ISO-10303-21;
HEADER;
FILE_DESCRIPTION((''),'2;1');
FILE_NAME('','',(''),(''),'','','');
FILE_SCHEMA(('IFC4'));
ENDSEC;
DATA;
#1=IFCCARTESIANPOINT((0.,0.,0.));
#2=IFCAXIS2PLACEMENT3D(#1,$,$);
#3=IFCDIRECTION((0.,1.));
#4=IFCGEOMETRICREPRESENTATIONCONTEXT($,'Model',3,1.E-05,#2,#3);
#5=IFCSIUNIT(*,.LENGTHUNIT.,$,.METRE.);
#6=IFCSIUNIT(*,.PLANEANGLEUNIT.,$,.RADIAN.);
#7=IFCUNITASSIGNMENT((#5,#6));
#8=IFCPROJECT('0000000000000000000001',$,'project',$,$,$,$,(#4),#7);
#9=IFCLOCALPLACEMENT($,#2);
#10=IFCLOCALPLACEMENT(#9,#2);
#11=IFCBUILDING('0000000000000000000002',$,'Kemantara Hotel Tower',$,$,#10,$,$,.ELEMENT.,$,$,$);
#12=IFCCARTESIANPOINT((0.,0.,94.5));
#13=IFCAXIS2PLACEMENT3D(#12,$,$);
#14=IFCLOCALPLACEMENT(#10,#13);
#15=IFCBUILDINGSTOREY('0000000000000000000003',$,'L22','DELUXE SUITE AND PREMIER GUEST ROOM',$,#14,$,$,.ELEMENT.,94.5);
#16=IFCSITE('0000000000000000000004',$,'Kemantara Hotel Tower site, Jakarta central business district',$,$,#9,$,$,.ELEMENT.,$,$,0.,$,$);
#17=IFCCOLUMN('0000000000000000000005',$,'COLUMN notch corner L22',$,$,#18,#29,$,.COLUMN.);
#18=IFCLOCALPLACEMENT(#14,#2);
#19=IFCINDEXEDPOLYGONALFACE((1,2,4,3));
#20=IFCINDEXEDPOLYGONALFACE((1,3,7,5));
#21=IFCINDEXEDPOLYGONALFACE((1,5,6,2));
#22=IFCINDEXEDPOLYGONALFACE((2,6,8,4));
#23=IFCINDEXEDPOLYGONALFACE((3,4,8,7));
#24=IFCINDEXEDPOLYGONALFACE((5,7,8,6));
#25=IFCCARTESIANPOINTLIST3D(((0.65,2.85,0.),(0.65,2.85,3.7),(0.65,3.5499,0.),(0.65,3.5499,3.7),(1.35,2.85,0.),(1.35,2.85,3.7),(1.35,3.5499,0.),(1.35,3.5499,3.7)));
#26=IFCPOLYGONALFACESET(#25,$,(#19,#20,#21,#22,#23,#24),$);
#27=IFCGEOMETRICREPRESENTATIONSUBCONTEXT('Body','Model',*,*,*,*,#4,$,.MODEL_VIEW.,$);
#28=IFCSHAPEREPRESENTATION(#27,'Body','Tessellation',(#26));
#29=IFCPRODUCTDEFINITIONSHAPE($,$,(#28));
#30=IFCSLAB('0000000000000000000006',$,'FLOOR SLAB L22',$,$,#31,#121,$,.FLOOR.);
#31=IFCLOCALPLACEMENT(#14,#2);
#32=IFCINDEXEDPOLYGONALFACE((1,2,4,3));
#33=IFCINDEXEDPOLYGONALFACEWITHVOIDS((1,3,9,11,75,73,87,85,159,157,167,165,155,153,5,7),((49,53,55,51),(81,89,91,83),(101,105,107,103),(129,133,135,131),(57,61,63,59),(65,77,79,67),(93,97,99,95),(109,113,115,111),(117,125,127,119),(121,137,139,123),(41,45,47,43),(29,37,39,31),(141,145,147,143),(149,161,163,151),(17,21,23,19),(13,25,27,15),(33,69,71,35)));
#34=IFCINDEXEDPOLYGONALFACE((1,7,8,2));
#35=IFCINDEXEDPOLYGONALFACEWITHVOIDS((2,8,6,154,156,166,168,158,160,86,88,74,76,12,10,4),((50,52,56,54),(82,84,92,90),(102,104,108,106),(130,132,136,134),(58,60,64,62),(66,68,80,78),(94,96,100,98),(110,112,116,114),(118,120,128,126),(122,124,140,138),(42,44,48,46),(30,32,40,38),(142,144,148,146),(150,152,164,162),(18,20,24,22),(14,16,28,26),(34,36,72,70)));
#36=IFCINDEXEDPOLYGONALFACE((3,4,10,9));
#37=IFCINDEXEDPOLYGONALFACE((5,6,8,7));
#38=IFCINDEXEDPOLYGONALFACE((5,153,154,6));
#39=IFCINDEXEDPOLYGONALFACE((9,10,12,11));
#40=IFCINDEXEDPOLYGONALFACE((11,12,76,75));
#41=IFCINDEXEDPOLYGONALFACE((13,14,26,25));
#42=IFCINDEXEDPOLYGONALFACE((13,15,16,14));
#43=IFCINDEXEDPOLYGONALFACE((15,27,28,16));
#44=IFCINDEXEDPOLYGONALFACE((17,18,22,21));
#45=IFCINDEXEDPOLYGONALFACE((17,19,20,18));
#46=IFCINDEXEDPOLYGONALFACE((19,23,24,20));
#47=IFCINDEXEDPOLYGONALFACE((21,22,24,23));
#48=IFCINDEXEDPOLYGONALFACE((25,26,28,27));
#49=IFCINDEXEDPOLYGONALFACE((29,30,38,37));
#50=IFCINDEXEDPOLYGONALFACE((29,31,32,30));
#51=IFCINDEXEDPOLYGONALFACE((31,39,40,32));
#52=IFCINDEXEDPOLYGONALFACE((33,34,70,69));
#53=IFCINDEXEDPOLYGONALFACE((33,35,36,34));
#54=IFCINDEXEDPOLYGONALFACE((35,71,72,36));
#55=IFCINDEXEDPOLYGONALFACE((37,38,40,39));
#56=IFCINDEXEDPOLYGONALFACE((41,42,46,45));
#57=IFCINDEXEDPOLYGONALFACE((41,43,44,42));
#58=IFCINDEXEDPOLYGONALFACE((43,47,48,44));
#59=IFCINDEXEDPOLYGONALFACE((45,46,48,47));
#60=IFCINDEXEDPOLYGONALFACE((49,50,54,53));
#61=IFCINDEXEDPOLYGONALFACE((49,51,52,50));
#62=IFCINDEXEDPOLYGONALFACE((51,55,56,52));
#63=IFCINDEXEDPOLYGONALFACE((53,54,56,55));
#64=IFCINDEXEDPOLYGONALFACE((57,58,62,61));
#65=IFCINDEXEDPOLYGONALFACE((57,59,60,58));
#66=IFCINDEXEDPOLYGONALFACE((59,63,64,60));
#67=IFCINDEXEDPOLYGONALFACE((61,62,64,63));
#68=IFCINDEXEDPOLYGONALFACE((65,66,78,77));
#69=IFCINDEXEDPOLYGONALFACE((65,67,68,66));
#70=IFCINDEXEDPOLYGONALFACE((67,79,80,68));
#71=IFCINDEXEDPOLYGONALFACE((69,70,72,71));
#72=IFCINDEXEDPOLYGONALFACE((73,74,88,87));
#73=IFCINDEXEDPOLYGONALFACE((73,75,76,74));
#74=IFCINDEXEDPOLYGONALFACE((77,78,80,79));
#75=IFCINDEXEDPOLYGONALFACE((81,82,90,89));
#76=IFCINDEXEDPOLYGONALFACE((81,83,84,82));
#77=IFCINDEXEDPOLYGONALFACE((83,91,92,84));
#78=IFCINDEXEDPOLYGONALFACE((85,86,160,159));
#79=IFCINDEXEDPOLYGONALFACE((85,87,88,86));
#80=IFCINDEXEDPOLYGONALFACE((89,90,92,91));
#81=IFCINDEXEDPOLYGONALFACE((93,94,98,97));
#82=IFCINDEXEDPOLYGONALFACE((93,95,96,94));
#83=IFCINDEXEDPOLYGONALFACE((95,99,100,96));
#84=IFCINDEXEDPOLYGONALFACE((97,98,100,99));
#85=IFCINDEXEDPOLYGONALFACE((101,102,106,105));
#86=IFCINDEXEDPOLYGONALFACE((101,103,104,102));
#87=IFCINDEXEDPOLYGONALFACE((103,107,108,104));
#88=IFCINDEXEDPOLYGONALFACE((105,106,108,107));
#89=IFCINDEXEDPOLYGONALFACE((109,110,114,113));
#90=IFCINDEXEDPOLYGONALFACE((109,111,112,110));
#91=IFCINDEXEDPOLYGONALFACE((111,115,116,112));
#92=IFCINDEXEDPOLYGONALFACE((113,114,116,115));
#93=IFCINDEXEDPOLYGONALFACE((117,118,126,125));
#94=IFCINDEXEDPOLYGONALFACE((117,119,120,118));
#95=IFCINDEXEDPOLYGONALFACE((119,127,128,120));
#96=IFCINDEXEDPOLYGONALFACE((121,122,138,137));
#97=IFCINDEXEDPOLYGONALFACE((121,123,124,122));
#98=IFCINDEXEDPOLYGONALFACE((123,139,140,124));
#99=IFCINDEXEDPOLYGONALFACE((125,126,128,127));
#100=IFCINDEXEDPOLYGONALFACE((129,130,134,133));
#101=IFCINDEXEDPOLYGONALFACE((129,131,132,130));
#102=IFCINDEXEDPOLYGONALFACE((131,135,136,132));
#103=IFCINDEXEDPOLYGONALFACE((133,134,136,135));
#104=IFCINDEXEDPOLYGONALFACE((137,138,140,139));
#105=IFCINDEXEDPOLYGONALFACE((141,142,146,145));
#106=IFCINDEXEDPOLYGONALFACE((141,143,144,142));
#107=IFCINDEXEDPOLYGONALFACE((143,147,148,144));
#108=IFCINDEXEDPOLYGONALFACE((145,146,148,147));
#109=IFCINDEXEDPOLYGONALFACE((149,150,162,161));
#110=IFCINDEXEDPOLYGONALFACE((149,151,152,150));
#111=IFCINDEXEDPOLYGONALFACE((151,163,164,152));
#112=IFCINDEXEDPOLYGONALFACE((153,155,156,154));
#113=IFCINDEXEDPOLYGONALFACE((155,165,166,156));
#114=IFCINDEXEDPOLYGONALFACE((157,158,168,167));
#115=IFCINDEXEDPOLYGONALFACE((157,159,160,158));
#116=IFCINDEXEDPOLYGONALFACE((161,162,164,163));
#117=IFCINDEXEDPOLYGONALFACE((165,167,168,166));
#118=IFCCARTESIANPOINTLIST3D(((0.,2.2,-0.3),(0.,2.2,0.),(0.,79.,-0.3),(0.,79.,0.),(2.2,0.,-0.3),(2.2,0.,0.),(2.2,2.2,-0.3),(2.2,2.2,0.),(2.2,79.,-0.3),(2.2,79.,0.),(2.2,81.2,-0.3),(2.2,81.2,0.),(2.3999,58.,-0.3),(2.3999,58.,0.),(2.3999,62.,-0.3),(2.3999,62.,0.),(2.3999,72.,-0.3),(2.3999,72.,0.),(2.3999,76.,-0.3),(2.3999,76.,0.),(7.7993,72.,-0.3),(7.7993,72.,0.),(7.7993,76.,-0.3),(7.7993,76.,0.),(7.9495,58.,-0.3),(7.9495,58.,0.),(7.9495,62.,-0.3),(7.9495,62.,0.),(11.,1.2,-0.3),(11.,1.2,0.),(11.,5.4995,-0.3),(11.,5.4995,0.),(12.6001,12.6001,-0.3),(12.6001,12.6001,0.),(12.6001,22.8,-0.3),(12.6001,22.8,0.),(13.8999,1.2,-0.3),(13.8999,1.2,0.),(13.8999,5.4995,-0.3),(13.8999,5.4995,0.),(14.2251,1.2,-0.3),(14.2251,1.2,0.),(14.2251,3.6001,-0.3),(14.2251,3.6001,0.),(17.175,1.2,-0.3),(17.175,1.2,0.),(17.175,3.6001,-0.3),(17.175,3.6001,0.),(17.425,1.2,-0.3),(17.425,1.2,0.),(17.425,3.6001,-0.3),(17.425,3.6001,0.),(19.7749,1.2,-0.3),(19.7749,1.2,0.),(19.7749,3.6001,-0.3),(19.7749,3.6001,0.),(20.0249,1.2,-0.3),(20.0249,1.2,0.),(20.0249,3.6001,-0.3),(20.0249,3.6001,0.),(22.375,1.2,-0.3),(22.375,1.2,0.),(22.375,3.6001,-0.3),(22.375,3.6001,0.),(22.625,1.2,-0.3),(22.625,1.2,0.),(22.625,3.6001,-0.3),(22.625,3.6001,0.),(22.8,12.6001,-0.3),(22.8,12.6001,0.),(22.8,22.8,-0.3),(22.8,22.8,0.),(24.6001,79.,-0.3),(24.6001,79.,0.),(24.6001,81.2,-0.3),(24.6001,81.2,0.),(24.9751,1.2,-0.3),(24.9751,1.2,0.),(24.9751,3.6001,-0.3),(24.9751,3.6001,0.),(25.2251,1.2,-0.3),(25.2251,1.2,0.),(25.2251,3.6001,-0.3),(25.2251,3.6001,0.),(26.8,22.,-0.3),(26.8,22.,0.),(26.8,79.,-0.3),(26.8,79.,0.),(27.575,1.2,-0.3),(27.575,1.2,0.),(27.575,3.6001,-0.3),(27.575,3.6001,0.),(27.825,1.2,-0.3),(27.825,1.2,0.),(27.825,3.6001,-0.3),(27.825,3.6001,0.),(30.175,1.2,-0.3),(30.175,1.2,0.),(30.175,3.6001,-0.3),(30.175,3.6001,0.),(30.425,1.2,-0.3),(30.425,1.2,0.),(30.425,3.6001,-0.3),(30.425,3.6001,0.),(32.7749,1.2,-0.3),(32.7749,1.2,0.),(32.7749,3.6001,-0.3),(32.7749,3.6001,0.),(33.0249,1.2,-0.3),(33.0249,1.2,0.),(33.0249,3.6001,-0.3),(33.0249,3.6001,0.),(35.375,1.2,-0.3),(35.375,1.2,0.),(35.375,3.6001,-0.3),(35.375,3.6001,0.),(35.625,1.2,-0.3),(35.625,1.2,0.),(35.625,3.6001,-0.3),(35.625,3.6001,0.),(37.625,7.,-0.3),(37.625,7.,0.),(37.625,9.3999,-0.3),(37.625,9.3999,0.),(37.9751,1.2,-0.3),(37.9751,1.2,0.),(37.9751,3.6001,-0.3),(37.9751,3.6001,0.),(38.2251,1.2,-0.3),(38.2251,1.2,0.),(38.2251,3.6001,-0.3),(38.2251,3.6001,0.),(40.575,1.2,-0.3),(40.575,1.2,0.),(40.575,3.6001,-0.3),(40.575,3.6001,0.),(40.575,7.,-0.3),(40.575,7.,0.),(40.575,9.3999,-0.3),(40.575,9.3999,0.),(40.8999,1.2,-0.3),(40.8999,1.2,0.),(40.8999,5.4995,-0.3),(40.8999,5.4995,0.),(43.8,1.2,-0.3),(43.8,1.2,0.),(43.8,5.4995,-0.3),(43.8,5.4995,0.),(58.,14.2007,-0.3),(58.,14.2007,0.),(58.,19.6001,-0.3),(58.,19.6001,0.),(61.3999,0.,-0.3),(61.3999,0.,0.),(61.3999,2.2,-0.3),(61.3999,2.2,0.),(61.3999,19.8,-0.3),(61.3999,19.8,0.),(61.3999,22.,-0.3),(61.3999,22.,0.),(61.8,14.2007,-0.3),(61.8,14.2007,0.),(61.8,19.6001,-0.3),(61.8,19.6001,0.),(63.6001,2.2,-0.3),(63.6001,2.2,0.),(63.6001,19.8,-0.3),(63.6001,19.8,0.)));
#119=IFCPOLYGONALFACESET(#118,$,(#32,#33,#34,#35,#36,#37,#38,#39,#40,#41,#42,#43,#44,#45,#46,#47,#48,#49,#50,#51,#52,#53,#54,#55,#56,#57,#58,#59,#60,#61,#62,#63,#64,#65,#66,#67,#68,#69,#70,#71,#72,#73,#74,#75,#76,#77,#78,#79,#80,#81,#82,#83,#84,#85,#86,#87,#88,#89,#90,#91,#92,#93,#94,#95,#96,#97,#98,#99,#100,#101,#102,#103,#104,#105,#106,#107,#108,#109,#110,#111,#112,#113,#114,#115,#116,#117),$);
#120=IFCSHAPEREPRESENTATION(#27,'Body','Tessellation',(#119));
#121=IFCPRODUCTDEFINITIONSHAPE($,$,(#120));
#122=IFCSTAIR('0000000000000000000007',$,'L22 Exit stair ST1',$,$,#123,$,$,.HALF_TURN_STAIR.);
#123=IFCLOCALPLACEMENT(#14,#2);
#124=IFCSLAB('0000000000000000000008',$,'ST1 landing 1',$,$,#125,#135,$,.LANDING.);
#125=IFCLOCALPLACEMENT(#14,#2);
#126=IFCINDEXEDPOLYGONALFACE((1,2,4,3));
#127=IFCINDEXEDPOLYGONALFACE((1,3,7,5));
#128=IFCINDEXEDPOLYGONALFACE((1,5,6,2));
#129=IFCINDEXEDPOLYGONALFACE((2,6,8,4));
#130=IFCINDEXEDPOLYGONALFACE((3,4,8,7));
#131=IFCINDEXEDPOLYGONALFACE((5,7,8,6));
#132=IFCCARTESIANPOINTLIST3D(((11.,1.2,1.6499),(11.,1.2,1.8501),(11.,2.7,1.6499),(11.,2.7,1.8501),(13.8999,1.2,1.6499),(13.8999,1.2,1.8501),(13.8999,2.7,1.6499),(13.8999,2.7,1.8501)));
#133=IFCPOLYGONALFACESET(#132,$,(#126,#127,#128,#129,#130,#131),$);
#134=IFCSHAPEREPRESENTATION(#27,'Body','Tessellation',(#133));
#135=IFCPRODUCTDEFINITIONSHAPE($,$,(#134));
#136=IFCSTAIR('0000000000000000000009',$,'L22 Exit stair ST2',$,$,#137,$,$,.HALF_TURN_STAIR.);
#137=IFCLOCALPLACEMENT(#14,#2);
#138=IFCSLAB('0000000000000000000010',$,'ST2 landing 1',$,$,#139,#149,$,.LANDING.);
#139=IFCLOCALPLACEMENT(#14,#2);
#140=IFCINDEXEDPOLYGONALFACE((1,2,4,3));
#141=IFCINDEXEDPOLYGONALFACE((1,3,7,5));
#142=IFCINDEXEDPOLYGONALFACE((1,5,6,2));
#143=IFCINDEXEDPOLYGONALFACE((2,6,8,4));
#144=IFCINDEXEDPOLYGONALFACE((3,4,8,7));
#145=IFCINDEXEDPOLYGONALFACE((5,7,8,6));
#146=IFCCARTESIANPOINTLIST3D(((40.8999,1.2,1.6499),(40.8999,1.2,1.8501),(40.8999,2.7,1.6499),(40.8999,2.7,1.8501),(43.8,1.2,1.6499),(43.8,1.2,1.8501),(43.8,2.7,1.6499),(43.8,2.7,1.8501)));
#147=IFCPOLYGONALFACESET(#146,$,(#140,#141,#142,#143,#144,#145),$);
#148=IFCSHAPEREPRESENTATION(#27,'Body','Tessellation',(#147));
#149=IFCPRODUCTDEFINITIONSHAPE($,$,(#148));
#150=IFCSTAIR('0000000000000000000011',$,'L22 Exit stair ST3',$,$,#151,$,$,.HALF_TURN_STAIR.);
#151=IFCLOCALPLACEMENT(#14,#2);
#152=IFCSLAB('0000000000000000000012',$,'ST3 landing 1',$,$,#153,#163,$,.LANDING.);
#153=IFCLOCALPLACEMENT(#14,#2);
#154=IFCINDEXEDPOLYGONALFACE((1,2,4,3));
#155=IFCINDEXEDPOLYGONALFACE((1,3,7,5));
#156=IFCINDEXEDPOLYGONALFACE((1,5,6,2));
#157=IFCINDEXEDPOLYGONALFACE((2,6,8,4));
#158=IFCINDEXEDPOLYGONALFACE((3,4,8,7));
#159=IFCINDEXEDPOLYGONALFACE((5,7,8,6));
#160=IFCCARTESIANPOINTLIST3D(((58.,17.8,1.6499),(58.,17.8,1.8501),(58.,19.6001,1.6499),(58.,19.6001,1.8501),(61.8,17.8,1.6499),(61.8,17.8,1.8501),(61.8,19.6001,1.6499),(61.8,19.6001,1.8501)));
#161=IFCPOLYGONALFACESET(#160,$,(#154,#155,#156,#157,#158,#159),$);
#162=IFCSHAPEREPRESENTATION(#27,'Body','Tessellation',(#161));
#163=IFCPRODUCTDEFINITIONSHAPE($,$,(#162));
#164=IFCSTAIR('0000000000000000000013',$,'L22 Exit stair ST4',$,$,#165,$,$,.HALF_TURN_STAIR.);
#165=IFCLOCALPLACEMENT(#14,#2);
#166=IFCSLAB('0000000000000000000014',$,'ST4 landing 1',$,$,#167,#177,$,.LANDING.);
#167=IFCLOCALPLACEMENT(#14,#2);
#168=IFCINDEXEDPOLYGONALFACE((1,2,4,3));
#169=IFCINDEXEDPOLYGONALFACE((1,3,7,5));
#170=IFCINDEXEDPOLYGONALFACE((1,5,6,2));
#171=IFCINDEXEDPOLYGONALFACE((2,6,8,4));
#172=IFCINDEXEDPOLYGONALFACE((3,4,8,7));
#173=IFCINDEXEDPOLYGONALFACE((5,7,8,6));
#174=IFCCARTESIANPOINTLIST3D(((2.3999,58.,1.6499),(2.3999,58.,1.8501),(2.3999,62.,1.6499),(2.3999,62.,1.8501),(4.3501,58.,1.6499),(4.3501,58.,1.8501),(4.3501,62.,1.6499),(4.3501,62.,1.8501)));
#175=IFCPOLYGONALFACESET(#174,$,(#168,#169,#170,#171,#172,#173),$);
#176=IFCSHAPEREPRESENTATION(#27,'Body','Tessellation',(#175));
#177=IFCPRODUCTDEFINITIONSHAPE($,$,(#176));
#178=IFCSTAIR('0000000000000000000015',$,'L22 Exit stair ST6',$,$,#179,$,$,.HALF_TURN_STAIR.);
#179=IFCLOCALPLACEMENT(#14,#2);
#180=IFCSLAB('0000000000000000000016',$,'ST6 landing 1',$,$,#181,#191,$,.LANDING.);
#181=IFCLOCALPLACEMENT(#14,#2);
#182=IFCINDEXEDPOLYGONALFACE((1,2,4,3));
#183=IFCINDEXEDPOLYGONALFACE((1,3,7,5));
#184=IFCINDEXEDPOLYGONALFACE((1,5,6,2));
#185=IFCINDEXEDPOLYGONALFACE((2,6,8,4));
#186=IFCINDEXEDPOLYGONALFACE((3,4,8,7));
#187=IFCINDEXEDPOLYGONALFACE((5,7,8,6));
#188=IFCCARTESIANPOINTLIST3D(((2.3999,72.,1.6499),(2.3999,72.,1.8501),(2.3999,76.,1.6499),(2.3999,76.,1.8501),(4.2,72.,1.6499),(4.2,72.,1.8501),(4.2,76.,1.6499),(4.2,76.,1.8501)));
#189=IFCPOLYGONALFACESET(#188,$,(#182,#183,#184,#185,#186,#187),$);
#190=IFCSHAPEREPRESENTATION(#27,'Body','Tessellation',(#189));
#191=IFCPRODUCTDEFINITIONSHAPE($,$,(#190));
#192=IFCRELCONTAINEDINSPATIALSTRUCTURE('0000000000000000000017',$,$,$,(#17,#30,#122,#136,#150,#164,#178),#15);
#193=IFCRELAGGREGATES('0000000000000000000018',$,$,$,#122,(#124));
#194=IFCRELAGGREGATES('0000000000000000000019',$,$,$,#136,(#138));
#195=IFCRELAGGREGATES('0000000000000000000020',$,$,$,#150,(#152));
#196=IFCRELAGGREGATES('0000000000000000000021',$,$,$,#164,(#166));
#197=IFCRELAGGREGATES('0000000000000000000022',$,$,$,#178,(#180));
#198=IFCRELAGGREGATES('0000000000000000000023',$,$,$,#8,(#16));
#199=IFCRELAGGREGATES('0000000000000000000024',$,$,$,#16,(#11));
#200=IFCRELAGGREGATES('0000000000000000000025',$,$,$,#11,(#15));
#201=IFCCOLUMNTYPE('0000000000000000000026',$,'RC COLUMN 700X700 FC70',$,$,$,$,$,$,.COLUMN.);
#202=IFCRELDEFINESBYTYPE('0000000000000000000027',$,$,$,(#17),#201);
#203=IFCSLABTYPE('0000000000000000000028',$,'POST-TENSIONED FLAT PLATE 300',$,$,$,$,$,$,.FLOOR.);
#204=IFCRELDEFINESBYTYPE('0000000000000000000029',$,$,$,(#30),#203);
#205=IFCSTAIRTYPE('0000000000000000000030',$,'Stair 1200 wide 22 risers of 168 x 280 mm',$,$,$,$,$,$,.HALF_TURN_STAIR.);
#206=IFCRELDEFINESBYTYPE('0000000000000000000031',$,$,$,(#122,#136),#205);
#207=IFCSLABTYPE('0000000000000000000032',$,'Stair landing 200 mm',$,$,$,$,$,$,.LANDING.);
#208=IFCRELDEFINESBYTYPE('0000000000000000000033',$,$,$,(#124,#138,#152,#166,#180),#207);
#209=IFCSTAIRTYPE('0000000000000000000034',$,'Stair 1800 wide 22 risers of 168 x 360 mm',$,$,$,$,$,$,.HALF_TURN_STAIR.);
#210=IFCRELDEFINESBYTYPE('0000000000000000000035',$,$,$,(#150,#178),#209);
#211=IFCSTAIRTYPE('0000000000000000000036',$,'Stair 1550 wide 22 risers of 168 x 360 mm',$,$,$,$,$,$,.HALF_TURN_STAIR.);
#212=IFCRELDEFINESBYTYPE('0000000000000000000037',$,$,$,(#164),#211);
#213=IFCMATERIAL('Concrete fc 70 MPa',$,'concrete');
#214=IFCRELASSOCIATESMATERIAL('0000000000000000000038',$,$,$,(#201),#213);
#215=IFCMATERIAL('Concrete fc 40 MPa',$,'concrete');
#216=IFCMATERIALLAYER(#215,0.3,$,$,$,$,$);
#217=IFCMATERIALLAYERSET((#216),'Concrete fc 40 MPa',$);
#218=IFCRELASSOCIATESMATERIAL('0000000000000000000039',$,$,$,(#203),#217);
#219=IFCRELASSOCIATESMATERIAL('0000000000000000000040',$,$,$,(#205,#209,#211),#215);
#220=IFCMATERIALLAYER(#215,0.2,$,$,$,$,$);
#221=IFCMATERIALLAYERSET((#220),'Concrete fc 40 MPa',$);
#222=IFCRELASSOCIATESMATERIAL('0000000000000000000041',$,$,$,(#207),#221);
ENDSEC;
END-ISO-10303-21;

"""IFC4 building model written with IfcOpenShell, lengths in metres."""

from ifc_helpers import new_model, si_unit, direction, frame, origin, origin_2d, place, context, subcontext, project, spatial, polyline, rectangle, outline, extrude, material, layer, layer_set, material_profile, profile_set, type_object, element, aggregate, save


model = new_model("IFC4")

# Units and contexts
model_context = context("Model", 3, precision=1e-05, world=origin(), true_north=direction((0.0, 1.0)))
body_context = subcontext(model_context, "Body", "Model", "MODEL_VIEW")
ifc_project = project(units=[si_unit("LENGTHUNIT", "METRE"), si_unit("PLANEANGLEUNIT", "RADIAN")], contexts=[model_context])

# Site, building, storey
site_placement = place(None, origin())
site = spatial("IfcSite", under=ifc_project, at=site_placement, Name="Kemantara Hotel Tower site, Jakarta central business district", CompositionType="ELEMENT", RefElevation=0.0)
building_placement = place(site_placement, origin())
building = spatial("IfcBuilding", under=site, at=building_placement, Name="Kemantara Hotel Tower", CompositionType="ELEMENT")
storey_placement = place(building_placement, frame((0.0, 0.0, 94.5)))
storey = spatial("IfcBuildingStorey", under=building, at=storey_placement, Name="L22", Description="DELUXE SUITE AND PREMIER GUEST ROOM", CompositionType="ELEMENT", Elevation=94.5)

# Column
ifc_material_1 = material(Name="Concrete fc 70 MPa", Category="concrete")
ifc_material_profile = material_profile(ifc_material_1, rectangle(XDim=0.7, YDim=0.7, at=origin_2d()), Name="RC 700X700")
ifc_profile_set = profile_set([ifc_material_profile], Name="Concrete fc 70 MPa")
column_type = type_object("IfcColumnType", Name="RC COLUMN 700X700 FC70", PredefinedType="COLUMN", material=ifc_profile_set)
column_placement = place(storey_placement, frame((1.0, 3.2, 0.0), z_axis=(0.0, 0.0, 1.0), x_axis=(1.0, 0.0, 0.0)))
element("IfcColumn", 1, at=column_placement, inside=storey, type_object=column_type, Name="COLUMN notch corner L22", PredefinedType="COLUMN", context=body_context, shape_type="SweptSolid", body=[
    extrude(rectangle(XDim=0.7, YDim=0.7, at=origin_2d()), origin(), (0.0, 0.0, 1.0), 3.7),
])

# Slab
ifc_material_2 = material(Name="Concrete fc 40 MPa", Category="concrete")
ifc_layer_1 = layer(ifc_material_2, 0.3)
ifc_layer_set_1 = layer_set([ifc_layer_1], Name="Concrete fc 40 MPa")
slab_type_1 = type_object("IfcSlabType", Name="POST-TENSIONED FLAT PLATE 300", PredefinedType="FLOOR", material=ifc_layer_set_1)
slab_1_placement = place(storey_placement, frame((0.0, 0.0, -0.3)))
element("IfcSlab", 2, at=slab_1_placement, inside=storey, type_object=slab_type_1, Name="FLOOR SLAB L22", PredefinedType="FLOOR", context=body_context, shape_type="SweptSolid", body=[
    extrude(outline(polyline([(26.8, 79.0), (24.6001, 79.0), (24.6001, 81.2), (2.2, 81.2), (2.2, 79.0), (0.0, 79.0), (0.0, 2.2), (2.2, 2.2), (2.2, 0.0), (61.3999, 0.0), (61.3999, 2.2), (63.6001, 2.2), (63.6001, 19.8), (61.3999, 19.8), (61.3999, 22.0), (26.8, 22.0), (26.8, 79.0)]), holes=[polyline([(17.175, 1.2), (14.2251, 1.2), (14.2251, 3.6001), (17.175, 3.6001), (17.175, 1.2)]), polyline([(19.7749, 1.2), (17.425, 1.2), (17.425, 3.6001), (19.7749, 3.6001), (19.7749, 1.2)]), polyline([(22.375, 1.2), (20.0249, 1.2), (20.0249, 3.6001), (22.375, 3.6001), (22.375, 1.2)]), polyline([(24.9751, 1.2), (22.625, 1.2), (22.625, 3.6001), (24.9751, 3.6001), (24.9751, 1.2)]), polyline([(27.575, 1.2), (25.2251, 1.2), (25.2251, 3.6001), (27.575, 3.6001), (27.575, 1.2)]), polyline([(11.0, 1.2), (11.0, 5.4995), (13.8999, 5.4995), (13.8999, 1.2), (11.0, 1.2)]), polyline([(22.8, 12.6001), (12.6001, 12.6001), (12.6001, 22.8), (22.8, 22.8), (22.8, 12.6001)]), polyline([(2.3999, 62.0), (7.9495, 62.0), (7.9495, 58.0), (2.3999, 58.0), (2.3999, 62.0)]), polyline([(2.3999, 76.0), (7.7993, 76.0), (7.7993, 72.0), (2.3999, 72.0), (2.3999, 76.0)]), polyline([(30.175, 1.2), (27.825, 1.2), (27.825, 3.6001), (30.175, 3.6001), (30.175, 1.2)]), polyline([(32.7749, 1.2), (30.425, 1.2), (30.425, 3.6001), (32.7749, 3.6001), (32.7749, 1.2)]), polyline([(35.375, 1.2), (33.0249, 1.2), (33.0249, 3.6001), (35.375, 3.6001), (35.375, 1.2)]), polyline([(37.9751, 1.2), (35.625, 1.2), (35.625, 3.6001), (37.9751, 3.6001), (37.9751, 1.2)]), polyline([(40.575, 1.2), (38.2251, 1.2), (38.2251, 3.6001), (40.575, 3.6001), (40.575, 1.2)]), polyline([(40.8999, 1.2), (40.8999, 5.4995), (43.8, 5.4995), (43.8, 1.2), (40.8999, 1.2)]), polyline([(37.625, 7.0), (37.625, 9.3999), (40.575, 9.3999), (40.575, 7.0), (37.625, 7.0)]), polyline([(61.8, 14.2007), (58.0, 14.2007), (58.0, 19.6001), (61.8, 19.6001), (61.8, 14.2007)])]), origin(), (0.0, 0.0, 1.0), 0.3),
])

# Stairs, slabs
stair_type_1 = type_object("IfcStairType", Name="Stair 1200 wide 22 risers of 168 x 280 mm", PredefinedType="HALF_TURN_STAIR", material=ifc_material_2)
stair_1_placement = place(storey_placement, origin())
stair_1 = element("IfcStair", 3, at=stair_1_placement, inside=storey, type_object=stair_type_1, Name="L22 Exit stair ST1", PredefinedType="HALF_TURN_STAIR")
ifc_layer_2 = layer(ifc_material_2, 0.2)
ifc_layer_set_2 = layer_set([ifc_layer_2], Name="Concrete fc 40 MPa")
slab_type_2 = type_object("IfcSlabType", Name="Stair landing 200 mm", PredefinedType="LANDING", material=ifc_layer_set_2)
slab_2_placement = place(storey_placement, frame((0.0, 0.0, 1.6499)))
slab_2 = element("IfcSlab", 4, at=slab_2_placement, type_object=slab_type_2, Name="ST1 landing 1", PredefinedType="LANDING", context=body_context, shape_type="SweptSolid", body=[
    extrude(outline(polyline([(11.0, 2.7), (11.0, 1.2), (13.8999, 1.2), (13.8999, 2.7), (11.0, 2.7)])), origin(), (0.0, 0.0, 1.0), 0.2002),
])
aggregate(stair_1, [slab_2])
stair_2_placement = place(storey_placement, origin())
stair_2 = element("IfcStair", 5, at=stair_2_placement, inside=storey, type_object=stair_type_1, Name="L22 Exit stair ST2", PredefinedType="HALF_TURN_STAIR")
slab_3_placement = place(storey_placement, frame((0.0, 0.0, 1.6499)))
slab_3 = element("IfcSlab", 6, at=slab_3_placement, type_object=slab_type_2, Name="ST2 landing 1", PredefinedType="LANDING", context=body_context, shape_type="SweptSolid", body=[
    extrude(outline(polyline([(40.8999, 2.7), (40.8999, 1.2), (43.8, 1.2), (43.8, 2.7), (40.8999, 2.7)])), origin(), (0.0, 0.0, 1.0), 0.2002),
])
aggregate(stair_2, [slab_3])
stair_type_2 = type_object("IfcStairType", Name="Stair 1800 wide 22 risers of 168 x 360 mm", PredefinedType="HALF_TURN_STAIR", material=ifc_material_2)
stair_3_placement = place(storey_placement, origin())
stair_3 = element("IfcStair", 7, at=stair_3_placement, inside=storey, type_object=stair_type_2, Name="L22 Exit stair ST3", PredefinedType="HALF_TURN_STAIR")
slab_4_placement = place(storey_placement, frame((0.0, 0.0, 1.6499)))
slab_4 = element("IfcSlab", 8, at=slab_4_placement, type_object=slab_type_2, Name="ST3 landing 1", PredefinedType="LANDING", context=body_context, shape_type="SweptSolid", body=[
    extrude(outline(polyline([(61.8, 17.8), (61.8, 19.6001), (58.0, 19.6001), (58.0, 17.8), (61.8, 17.8)])), origin(), (0.0, 0.0, 1.0), 0.2002),
])
aggregate(stair_3, [slab_4])
stair_type_3 = type_object("IfcStairType", Name="Stair 1550 wide 22 risers of 168 x 360 mm", PredefinedType="HALF_TURN_STAIR", material=ifc_material_2)
stair_4_placement = place(storey_placement, origin())
stair_4 = element("IfcStair", 9, at=stair_4_placement, inside=storey, type_object=stair_type_3, Name="L22 Exit stair ST4", PredefinedType="HALF_TURN_STAIR")
slab_5_placement = place(storey_placement, frame((0.0, 0.0, 1.6499)))
slab_5 = element("IfcSlab", 10, at=slab_5_placement, type_object=slab_type_2, Name="ST4 landing 1", PredefinedType="LANDING", context=body_context, shape_type="SweptSolid", body=[
    extrude(outline(polyline([(4.3501, 62.0), (2.3999, 62.0), (2.3999, 58.0), (4.3501, 58.0), (4.3501, 62.0)])), origin(), (0.0, 0.0, 1.0), 0.2002),
])
aggregate(stair_4, [slab_5])
stair_5_placement = place(storey_placement, origin())
stair_5 = element("IfcStair", 11, at=stair_5_placement, inside=storey, type_object=stair_type_2, Name="L22 Exit stair ST6", PredefinedType="HALF_TURN_STAIR")
slab_6_placement = place(storey_placement, frame((0.0, 0.0, 1.6499)))
slab_6 = element("IfcSlab", 12, at=slab_6_placement, type_object=slab_type_2, Name="ST6 landing 1", PredefinedType="LANDING", context=body_context, shape_type="SweptSolid", body=[
    extrude(outline(polyline([(4.2, 76.0), (2.3999, 76.0), (2.3999, 72.0), (4.2, 72.0), (4.2, 76.0)])), origin(), (0.0, 0.0, 1.0), 0.2002),
])
aggregate(stair_5, [slab_6])

save(model, "model.ifc")
